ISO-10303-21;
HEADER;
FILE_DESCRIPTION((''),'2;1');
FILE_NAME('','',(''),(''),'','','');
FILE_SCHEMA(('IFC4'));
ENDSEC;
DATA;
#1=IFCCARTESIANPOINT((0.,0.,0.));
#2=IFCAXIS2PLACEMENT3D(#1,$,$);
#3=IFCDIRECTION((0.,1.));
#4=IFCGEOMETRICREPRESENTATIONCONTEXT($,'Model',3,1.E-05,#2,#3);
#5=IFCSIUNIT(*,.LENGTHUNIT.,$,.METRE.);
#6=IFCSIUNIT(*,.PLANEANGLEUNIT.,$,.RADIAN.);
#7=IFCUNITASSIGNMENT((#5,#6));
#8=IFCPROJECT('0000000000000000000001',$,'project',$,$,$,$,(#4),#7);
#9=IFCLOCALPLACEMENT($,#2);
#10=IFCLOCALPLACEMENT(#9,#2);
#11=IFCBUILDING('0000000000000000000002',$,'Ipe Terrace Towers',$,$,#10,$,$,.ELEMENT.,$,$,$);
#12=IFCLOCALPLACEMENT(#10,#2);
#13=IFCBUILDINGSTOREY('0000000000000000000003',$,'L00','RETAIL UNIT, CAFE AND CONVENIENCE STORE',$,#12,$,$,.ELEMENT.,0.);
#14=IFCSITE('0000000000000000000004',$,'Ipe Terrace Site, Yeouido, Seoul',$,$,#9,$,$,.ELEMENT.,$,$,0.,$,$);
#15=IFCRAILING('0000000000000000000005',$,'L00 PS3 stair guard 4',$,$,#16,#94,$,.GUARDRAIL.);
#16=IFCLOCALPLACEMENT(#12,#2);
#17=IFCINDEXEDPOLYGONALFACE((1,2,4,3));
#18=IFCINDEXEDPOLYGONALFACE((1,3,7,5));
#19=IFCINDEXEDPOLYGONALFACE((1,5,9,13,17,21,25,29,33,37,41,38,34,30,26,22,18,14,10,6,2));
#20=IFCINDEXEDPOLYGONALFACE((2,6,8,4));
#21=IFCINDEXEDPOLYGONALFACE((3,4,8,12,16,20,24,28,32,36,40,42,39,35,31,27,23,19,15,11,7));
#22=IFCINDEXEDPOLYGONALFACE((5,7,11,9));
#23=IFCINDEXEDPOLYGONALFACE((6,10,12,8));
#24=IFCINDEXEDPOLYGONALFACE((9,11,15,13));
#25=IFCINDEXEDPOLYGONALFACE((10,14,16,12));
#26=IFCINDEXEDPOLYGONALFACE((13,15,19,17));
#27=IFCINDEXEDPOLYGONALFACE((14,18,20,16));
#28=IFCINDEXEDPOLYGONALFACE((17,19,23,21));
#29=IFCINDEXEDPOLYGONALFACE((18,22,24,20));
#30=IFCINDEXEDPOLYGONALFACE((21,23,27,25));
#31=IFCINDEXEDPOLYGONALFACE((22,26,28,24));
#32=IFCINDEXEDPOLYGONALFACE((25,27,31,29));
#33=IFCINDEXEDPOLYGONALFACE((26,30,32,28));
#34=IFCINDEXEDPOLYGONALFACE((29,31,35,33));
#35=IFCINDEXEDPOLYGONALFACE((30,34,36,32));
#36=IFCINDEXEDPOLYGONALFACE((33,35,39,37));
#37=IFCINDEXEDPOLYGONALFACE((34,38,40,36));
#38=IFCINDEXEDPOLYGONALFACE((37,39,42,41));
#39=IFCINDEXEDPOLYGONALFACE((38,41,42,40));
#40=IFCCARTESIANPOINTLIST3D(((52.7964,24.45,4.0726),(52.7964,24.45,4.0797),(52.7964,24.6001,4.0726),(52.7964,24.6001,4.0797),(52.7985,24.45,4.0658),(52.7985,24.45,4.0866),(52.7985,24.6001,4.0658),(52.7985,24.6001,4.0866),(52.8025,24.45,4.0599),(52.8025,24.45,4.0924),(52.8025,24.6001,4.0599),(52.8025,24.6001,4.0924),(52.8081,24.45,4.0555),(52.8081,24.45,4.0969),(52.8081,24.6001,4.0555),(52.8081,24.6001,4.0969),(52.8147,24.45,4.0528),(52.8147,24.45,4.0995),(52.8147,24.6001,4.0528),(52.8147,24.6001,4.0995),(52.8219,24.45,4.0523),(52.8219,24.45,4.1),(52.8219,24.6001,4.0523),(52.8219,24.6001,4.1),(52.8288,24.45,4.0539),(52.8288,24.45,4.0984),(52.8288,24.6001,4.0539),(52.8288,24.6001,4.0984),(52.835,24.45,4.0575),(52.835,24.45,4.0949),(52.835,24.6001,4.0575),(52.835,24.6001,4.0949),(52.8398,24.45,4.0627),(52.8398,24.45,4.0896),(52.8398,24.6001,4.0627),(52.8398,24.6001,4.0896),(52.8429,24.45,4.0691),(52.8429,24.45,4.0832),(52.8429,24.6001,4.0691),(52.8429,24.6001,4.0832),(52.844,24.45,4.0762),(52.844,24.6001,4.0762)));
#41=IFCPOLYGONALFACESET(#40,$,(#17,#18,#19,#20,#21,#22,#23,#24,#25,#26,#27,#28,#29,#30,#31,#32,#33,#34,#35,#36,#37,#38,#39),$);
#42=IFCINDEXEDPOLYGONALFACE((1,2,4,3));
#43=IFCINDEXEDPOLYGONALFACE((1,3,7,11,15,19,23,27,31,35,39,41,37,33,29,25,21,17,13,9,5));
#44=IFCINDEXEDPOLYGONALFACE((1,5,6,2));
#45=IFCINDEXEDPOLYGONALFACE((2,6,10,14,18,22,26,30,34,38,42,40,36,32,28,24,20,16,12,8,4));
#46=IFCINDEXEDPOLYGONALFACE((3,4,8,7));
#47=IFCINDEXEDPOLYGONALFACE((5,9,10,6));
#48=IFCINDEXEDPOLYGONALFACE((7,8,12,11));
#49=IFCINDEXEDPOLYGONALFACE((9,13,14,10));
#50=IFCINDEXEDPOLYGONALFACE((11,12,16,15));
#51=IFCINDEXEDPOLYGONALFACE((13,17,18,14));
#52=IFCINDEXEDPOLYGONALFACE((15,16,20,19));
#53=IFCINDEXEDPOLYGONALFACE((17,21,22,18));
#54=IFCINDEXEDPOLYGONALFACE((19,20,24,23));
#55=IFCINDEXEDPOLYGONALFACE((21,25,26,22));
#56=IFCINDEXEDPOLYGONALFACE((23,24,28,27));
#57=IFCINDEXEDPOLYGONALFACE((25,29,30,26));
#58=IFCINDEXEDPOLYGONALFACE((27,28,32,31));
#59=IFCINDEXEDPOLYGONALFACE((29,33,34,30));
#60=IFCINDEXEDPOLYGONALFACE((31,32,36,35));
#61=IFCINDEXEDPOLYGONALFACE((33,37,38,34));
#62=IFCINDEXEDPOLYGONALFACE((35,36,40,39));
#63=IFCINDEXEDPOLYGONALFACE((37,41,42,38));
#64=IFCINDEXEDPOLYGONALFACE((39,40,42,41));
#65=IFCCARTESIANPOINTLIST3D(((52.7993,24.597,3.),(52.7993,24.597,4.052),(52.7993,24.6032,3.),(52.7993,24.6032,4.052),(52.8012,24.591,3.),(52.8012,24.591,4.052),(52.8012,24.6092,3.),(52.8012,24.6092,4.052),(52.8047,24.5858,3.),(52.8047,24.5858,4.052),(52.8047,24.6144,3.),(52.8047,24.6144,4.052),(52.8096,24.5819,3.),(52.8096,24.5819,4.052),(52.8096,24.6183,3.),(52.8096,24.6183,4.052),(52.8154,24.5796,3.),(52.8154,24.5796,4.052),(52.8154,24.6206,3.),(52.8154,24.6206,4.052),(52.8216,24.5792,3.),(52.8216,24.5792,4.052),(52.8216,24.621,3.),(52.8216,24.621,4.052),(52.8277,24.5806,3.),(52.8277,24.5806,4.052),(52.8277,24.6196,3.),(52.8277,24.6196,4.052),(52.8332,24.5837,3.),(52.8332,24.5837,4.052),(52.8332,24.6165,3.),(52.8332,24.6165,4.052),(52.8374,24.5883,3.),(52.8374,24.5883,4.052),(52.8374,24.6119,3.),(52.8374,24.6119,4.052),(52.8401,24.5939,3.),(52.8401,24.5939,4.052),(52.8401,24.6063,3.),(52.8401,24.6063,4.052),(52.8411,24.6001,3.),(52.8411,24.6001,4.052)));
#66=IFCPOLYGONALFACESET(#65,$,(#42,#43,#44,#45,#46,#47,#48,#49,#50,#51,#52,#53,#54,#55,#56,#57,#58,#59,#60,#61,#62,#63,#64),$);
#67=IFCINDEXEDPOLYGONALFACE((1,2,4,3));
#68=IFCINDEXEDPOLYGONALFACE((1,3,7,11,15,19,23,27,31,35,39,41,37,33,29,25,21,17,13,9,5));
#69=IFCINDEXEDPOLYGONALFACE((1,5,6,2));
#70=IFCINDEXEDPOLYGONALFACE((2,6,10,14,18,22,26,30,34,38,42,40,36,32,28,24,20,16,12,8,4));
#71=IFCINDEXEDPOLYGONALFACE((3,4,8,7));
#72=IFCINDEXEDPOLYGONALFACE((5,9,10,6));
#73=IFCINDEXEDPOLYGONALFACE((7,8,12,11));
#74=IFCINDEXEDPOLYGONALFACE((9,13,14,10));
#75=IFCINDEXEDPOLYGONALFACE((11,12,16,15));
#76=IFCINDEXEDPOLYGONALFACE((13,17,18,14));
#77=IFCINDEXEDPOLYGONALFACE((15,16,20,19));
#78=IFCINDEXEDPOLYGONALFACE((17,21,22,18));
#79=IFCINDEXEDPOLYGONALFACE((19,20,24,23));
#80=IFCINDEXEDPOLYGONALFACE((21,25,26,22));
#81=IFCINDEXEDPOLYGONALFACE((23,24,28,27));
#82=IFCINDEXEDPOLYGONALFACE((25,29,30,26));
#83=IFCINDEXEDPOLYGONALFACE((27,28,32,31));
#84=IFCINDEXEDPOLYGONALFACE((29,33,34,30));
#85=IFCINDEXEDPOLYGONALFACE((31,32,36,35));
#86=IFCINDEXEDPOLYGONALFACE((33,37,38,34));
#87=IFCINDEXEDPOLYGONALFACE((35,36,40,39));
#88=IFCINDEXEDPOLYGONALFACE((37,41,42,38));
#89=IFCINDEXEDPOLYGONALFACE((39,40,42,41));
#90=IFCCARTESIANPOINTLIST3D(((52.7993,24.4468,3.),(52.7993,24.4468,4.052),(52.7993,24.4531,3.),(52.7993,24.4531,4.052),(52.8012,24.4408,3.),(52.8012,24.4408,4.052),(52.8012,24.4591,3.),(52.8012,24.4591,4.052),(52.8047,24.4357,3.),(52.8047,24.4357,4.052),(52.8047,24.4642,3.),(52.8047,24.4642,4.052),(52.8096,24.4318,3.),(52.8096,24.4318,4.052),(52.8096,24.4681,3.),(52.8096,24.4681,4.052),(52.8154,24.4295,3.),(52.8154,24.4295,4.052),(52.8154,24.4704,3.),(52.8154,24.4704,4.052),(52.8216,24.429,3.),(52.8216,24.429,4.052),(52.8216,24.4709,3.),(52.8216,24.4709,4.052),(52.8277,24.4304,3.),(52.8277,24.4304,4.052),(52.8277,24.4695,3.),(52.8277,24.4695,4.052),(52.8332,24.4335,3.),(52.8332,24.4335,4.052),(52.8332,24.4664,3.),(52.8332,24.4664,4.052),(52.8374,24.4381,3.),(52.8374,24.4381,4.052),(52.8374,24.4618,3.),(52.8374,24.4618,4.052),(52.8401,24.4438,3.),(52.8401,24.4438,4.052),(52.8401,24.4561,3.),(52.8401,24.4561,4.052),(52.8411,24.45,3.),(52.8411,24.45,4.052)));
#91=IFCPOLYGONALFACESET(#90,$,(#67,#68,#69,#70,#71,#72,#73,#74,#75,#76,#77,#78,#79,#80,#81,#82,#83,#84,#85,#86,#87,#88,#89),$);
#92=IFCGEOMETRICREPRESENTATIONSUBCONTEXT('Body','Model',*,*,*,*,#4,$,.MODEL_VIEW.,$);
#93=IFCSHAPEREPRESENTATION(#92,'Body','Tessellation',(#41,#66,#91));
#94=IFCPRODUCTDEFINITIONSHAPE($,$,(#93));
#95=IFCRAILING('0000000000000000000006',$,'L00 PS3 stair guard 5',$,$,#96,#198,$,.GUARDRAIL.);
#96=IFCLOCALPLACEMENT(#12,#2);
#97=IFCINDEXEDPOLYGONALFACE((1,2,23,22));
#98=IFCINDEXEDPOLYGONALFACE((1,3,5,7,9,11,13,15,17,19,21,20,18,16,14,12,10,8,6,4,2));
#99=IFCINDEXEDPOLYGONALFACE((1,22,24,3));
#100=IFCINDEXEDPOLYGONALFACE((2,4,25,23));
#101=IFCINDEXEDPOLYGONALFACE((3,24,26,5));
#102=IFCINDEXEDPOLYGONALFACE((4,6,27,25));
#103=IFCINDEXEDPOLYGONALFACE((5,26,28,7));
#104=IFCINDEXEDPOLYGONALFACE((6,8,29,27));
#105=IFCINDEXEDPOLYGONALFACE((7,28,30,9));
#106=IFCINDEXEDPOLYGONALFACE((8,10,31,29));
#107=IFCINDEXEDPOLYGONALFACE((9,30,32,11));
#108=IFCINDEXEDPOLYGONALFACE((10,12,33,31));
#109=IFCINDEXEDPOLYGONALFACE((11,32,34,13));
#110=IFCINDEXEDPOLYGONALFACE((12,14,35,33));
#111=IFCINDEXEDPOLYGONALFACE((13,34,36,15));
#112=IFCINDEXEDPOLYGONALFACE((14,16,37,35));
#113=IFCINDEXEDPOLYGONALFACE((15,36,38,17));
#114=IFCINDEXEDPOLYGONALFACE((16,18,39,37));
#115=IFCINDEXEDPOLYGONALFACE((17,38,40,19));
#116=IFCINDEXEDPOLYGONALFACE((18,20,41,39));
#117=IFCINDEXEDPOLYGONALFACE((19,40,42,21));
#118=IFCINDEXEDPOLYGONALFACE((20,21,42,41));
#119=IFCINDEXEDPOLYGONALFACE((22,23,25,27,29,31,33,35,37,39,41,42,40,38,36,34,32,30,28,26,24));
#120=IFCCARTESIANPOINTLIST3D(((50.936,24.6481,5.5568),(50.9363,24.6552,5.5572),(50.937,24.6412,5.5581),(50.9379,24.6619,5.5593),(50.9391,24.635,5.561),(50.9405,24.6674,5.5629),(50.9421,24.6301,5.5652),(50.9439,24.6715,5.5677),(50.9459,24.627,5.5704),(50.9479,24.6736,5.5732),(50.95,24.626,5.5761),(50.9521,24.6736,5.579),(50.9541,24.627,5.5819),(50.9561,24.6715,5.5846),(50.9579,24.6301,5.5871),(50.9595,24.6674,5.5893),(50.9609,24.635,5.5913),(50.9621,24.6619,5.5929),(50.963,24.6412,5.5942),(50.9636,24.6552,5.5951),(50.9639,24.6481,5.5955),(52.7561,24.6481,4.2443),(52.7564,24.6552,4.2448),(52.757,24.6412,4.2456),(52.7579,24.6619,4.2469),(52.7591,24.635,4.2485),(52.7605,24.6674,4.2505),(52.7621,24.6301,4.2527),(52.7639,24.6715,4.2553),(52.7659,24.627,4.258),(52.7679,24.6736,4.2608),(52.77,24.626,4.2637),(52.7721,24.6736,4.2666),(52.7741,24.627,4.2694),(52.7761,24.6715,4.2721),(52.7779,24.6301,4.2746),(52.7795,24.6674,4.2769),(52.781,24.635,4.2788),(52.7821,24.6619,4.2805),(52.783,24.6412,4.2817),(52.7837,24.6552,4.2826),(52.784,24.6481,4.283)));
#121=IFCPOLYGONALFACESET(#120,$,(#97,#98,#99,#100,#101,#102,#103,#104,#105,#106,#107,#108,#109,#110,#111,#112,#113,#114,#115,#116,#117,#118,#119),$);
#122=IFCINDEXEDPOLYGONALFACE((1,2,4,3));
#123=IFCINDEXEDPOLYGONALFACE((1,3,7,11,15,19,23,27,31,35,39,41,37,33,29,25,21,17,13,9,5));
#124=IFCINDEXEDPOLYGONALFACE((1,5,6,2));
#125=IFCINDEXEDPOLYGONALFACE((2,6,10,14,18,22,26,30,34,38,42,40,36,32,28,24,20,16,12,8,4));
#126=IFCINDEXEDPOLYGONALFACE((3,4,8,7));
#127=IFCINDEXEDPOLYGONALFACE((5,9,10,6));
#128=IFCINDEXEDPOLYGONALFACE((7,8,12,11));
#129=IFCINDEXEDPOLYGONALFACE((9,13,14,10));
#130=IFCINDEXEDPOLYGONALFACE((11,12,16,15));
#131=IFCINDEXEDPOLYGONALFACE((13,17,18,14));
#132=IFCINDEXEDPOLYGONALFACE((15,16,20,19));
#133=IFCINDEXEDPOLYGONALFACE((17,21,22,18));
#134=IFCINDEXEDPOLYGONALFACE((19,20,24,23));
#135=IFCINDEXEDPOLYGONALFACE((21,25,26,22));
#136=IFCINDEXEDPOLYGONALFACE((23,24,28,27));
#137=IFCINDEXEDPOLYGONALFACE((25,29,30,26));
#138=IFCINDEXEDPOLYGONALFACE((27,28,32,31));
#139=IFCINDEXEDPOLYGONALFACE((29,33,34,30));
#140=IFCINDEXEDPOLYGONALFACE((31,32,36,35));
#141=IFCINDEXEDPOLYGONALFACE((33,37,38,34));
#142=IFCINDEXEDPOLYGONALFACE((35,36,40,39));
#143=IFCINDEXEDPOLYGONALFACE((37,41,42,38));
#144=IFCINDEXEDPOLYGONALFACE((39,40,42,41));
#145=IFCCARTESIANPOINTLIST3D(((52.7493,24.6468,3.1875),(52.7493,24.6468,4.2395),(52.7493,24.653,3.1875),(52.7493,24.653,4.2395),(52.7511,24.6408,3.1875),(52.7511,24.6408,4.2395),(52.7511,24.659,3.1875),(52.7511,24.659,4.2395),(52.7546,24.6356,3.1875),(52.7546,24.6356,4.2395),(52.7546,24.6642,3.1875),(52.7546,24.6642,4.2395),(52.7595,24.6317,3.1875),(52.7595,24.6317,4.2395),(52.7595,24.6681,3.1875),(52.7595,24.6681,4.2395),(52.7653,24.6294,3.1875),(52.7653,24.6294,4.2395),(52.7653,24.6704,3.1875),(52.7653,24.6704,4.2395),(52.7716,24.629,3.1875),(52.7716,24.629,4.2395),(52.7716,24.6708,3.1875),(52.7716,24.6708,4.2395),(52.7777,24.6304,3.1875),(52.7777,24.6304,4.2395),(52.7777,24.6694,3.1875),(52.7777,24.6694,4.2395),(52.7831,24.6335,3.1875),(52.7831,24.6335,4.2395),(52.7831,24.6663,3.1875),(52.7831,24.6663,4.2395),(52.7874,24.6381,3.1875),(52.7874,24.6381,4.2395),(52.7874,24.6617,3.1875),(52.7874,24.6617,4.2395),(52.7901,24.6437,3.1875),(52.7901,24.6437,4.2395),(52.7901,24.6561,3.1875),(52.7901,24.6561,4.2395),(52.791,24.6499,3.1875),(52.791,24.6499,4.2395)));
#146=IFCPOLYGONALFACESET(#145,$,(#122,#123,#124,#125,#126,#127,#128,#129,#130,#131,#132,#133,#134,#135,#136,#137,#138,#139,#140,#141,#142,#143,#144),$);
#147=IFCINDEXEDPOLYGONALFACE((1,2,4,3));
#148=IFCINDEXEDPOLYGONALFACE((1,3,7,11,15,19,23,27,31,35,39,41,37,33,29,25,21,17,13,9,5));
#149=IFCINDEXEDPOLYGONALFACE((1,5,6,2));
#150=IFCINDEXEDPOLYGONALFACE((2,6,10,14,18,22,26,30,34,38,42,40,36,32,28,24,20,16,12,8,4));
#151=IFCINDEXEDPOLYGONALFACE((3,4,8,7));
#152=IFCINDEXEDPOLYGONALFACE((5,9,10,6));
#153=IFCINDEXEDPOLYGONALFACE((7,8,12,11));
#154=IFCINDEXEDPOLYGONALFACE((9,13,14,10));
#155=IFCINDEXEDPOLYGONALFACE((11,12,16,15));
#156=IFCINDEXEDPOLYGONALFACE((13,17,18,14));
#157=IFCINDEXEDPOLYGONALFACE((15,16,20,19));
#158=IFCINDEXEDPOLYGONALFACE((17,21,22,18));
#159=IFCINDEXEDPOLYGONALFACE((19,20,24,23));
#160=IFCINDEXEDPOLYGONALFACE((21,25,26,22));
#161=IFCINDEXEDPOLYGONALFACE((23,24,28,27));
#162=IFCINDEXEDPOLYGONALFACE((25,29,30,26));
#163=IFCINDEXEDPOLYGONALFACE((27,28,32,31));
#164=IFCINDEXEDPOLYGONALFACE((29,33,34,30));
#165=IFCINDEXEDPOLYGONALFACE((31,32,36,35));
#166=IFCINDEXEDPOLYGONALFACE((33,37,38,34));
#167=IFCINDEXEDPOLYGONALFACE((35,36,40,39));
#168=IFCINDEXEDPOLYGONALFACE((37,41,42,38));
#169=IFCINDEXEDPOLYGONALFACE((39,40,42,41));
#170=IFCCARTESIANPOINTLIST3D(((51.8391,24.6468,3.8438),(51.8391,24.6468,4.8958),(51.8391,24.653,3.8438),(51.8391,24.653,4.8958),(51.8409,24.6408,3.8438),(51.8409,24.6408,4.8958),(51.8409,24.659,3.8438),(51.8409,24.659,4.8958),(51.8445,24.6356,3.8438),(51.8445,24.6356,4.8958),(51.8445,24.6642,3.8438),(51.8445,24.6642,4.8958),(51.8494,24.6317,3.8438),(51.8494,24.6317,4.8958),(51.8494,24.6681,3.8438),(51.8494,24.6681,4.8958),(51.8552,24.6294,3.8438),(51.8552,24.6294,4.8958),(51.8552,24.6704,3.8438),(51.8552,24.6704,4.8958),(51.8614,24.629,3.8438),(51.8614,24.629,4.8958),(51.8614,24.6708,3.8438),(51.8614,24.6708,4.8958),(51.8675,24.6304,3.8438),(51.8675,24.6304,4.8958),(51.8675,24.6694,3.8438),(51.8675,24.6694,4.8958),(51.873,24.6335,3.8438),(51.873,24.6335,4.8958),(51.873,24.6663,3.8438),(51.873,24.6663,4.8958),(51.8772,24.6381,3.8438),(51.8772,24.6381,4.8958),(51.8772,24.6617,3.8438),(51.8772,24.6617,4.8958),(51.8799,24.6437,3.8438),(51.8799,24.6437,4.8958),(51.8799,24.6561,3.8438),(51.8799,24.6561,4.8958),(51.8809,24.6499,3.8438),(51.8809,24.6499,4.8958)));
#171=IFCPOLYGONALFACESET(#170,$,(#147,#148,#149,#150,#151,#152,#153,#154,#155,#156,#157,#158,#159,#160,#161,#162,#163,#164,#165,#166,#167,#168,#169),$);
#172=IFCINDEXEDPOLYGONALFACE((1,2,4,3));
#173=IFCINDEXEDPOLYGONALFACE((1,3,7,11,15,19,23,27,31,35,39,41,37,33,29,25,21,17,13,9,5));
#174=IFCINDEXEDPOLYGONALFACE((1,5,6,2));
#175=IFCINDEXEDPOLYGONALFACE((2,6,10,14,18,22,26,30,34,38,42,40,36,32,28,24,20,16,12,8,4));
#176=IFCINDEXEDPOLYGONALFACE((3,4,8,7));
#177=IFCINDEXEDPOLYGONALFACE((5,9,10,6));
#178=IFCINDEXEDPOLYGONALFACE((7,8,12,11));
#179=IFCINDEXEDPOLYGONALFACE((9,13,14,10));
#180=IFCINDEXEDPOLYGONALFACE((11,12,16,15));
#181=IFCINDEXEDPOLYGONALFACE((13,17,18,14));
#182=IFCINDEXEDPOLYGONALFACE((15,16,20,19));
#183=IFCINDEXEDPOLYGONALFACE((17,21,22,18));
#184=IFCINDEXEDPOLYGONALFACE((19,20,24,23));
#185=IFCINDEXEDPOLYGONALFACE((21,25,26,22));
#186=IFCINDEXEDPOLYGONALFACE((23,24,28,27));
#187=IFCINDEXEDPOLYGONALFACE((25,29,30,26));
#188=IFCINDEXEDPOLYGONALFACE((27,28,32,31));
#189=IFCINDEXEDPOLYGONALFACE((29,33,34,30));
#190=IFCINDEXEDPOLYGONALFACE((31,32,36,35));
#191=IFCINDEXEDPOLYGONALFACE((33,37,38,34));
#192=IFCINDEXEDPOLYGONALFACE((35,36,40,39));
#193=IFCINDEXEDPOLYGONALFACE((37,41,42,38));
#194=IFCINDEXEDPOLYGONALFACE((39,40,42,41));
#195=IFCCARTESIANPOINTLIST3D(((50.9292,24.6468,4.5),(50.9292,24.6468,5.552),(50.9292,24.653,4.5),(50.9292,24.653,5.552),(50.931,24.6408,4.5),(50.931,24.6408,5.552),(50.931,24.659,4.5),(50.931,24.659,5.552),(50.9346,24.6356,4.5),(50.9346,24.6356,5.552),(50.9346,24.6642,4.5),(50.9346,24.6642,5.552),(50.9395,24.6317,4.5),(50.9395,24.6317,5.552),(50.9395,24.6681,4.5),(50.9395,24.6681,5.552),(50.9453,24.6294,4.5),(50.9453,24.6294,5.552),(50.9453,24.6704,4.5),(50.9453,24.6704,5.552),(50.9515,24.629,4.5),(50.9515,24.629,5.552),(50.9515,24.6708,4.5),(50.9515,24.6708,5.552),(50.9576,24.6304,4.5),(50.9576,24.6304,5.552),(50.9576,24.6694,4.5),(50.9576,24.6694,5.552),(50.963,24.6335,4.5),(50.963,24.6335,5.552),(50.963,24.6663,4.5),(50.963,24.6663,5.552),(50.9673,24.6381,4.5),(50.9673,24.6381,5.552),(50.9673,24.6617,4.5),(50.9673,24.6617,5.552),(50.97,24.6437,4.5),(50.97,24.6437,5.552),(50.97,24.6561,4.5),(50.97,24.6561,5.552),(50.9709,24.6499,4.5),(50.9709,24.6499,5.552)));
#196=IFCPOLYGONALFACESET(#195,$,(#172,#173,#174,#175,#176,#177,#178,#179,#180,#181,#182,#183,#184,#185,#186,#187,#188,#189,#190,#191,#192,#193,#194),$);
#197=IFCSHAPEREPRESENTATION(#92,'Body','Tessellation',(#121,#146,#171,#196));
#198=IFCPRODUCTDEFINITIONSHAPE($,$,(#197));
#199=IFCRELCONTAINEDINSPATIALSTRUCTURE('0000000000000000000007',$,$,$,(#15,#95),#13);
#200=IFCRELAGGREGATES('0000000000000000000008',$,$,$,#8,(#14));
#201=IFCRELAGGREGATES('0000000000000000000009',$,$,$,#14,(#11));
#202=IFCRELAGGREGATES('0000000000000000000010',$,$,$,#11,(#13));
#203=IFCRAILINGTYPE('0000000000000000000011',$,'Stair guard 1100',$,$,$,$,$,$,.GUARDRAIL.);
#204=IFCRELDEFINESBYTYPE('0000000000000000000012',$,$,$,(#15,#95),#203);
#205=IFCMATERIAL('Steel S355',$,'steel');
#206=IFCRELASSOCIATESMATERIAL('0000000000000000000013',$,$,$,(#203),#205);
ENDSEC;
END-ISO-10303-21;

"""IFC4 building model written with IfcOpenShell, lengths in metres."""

from ifc_helpers import new_model, si_unit, direction, frame, origin, origin_2d, place, context, subcontext, project, spatial, circle, extrude, material, type_object, element, save


model = new_model("IFC4")

# Units and contexts
model_context = context("Model", 3, precision=1e-05, world=origin(), true_north=direction((0.0, 1.0)))
body_context = subcontext(model_context, "Body", "Model", "MODEL_VIEW")
ifc_project = project(units=[si_unit("LENGTHUNIT", "METRE"), si_unit("PLANEANGLEUNIT", "RADIAN")], contexts=[model_context])

# Site, building, storey
site_placement = place(None, origin())
site = spatial("IfcSite", under=ifc_project, at=site_placement, Name="Ipe Terrace Site, Yeouido, Seoul", CompositionType="ELEMENT", RefElevation=0.0)
building_placement = place(site_placement, origin())
building = spatial("IfcBuilding", under=site, at=building_placement, Name="Ipe Terrace Towers", CompositionType="ELEMENT")
storey_placement = place(building_placement, origin())
storey = spatial("IfcBuildingStorey", under=building, at=storey_placement, Name="L00", Description="RETAIL UNIT, CAFE AND CONVENIENCE STORE", CompositionType="ELEMENT", Elevation=0.0)

# Railings
ifc_material_1 = material(Name="Steel S355", Category="steel")
railing_type_1 = type_object("IfcRailingType", Name="Stair guard 1100", PredefinedType="GUARDRAIL", material=ifc_material_1)
railing_1_placement = place(storey_placement, frame((52.8201, 24.6001, 3.0)))
element("IfcRailing", 1, at=railing_1_placement, inside=storey, type_object=railing_type_1, Name="L00 PS3 stair guard 4", PredefinedType="GUARDRAIL", context=body_context, shape_type="SweptSolid", body=[
    extrude(circle(Radius=0.0239, at=origin_2d()), frame((0.0, 0.0, 1.0762), z_axis=(0.0, -1.0, 0.0), x_axis=(1.0, 0.0, 0.0)), (0.0, 0.0, 1.0), 0.1501),
    extrude(circle(Radius=0.021, at=origin_2d()), origin(), (0.0, 0.0, 1.0), 1.052),
    extrude(circle(Radius=0.021, at=origin_2d()), frame((0.0, -0.1501, 0.0)), (0.0, 0.0, 1.0), 1.052),
])
railing_2_placement = place(storey_placement, frame((52.77, 24.6499, 3.1875)))
element("IfcRailing", 2, at=railing_2_placement, inside=storey, type_object=railing_type_1, Name="L00 PS3 stair guard 5", PredefinedType="GUARDRAIL", context=body_context, shape_type="SweptSolid", body=[
    extrude(circle(Radius=0.0239, at=origin_2d()), frame((0.0, 0.0, 1.0762), z_axis=(-0.811101, 0.0, 0.584906), x_axis=(0.0, -1.0, 0.0)), (0.0, 0.0, 1.0), 2.2439),
    extrude(circle(Radius=0.021, at=origin_2d()), origin(), (0.0, 0.0, 1.0), 1.052),
    extrude(circle(Radius=0.021, at=origin_2d()), frame((-0.9102, 0.0, 0.6562)), (0.0, 0.0, 1.0), 1.052),
    extrude(circle(Radius=0.021, at=origin_2d()), frame((-1.8201, 0.0, 1.3125)), (0.0, 0.0, 1.0), 1.052),
])

save(model, "model.ifc")
